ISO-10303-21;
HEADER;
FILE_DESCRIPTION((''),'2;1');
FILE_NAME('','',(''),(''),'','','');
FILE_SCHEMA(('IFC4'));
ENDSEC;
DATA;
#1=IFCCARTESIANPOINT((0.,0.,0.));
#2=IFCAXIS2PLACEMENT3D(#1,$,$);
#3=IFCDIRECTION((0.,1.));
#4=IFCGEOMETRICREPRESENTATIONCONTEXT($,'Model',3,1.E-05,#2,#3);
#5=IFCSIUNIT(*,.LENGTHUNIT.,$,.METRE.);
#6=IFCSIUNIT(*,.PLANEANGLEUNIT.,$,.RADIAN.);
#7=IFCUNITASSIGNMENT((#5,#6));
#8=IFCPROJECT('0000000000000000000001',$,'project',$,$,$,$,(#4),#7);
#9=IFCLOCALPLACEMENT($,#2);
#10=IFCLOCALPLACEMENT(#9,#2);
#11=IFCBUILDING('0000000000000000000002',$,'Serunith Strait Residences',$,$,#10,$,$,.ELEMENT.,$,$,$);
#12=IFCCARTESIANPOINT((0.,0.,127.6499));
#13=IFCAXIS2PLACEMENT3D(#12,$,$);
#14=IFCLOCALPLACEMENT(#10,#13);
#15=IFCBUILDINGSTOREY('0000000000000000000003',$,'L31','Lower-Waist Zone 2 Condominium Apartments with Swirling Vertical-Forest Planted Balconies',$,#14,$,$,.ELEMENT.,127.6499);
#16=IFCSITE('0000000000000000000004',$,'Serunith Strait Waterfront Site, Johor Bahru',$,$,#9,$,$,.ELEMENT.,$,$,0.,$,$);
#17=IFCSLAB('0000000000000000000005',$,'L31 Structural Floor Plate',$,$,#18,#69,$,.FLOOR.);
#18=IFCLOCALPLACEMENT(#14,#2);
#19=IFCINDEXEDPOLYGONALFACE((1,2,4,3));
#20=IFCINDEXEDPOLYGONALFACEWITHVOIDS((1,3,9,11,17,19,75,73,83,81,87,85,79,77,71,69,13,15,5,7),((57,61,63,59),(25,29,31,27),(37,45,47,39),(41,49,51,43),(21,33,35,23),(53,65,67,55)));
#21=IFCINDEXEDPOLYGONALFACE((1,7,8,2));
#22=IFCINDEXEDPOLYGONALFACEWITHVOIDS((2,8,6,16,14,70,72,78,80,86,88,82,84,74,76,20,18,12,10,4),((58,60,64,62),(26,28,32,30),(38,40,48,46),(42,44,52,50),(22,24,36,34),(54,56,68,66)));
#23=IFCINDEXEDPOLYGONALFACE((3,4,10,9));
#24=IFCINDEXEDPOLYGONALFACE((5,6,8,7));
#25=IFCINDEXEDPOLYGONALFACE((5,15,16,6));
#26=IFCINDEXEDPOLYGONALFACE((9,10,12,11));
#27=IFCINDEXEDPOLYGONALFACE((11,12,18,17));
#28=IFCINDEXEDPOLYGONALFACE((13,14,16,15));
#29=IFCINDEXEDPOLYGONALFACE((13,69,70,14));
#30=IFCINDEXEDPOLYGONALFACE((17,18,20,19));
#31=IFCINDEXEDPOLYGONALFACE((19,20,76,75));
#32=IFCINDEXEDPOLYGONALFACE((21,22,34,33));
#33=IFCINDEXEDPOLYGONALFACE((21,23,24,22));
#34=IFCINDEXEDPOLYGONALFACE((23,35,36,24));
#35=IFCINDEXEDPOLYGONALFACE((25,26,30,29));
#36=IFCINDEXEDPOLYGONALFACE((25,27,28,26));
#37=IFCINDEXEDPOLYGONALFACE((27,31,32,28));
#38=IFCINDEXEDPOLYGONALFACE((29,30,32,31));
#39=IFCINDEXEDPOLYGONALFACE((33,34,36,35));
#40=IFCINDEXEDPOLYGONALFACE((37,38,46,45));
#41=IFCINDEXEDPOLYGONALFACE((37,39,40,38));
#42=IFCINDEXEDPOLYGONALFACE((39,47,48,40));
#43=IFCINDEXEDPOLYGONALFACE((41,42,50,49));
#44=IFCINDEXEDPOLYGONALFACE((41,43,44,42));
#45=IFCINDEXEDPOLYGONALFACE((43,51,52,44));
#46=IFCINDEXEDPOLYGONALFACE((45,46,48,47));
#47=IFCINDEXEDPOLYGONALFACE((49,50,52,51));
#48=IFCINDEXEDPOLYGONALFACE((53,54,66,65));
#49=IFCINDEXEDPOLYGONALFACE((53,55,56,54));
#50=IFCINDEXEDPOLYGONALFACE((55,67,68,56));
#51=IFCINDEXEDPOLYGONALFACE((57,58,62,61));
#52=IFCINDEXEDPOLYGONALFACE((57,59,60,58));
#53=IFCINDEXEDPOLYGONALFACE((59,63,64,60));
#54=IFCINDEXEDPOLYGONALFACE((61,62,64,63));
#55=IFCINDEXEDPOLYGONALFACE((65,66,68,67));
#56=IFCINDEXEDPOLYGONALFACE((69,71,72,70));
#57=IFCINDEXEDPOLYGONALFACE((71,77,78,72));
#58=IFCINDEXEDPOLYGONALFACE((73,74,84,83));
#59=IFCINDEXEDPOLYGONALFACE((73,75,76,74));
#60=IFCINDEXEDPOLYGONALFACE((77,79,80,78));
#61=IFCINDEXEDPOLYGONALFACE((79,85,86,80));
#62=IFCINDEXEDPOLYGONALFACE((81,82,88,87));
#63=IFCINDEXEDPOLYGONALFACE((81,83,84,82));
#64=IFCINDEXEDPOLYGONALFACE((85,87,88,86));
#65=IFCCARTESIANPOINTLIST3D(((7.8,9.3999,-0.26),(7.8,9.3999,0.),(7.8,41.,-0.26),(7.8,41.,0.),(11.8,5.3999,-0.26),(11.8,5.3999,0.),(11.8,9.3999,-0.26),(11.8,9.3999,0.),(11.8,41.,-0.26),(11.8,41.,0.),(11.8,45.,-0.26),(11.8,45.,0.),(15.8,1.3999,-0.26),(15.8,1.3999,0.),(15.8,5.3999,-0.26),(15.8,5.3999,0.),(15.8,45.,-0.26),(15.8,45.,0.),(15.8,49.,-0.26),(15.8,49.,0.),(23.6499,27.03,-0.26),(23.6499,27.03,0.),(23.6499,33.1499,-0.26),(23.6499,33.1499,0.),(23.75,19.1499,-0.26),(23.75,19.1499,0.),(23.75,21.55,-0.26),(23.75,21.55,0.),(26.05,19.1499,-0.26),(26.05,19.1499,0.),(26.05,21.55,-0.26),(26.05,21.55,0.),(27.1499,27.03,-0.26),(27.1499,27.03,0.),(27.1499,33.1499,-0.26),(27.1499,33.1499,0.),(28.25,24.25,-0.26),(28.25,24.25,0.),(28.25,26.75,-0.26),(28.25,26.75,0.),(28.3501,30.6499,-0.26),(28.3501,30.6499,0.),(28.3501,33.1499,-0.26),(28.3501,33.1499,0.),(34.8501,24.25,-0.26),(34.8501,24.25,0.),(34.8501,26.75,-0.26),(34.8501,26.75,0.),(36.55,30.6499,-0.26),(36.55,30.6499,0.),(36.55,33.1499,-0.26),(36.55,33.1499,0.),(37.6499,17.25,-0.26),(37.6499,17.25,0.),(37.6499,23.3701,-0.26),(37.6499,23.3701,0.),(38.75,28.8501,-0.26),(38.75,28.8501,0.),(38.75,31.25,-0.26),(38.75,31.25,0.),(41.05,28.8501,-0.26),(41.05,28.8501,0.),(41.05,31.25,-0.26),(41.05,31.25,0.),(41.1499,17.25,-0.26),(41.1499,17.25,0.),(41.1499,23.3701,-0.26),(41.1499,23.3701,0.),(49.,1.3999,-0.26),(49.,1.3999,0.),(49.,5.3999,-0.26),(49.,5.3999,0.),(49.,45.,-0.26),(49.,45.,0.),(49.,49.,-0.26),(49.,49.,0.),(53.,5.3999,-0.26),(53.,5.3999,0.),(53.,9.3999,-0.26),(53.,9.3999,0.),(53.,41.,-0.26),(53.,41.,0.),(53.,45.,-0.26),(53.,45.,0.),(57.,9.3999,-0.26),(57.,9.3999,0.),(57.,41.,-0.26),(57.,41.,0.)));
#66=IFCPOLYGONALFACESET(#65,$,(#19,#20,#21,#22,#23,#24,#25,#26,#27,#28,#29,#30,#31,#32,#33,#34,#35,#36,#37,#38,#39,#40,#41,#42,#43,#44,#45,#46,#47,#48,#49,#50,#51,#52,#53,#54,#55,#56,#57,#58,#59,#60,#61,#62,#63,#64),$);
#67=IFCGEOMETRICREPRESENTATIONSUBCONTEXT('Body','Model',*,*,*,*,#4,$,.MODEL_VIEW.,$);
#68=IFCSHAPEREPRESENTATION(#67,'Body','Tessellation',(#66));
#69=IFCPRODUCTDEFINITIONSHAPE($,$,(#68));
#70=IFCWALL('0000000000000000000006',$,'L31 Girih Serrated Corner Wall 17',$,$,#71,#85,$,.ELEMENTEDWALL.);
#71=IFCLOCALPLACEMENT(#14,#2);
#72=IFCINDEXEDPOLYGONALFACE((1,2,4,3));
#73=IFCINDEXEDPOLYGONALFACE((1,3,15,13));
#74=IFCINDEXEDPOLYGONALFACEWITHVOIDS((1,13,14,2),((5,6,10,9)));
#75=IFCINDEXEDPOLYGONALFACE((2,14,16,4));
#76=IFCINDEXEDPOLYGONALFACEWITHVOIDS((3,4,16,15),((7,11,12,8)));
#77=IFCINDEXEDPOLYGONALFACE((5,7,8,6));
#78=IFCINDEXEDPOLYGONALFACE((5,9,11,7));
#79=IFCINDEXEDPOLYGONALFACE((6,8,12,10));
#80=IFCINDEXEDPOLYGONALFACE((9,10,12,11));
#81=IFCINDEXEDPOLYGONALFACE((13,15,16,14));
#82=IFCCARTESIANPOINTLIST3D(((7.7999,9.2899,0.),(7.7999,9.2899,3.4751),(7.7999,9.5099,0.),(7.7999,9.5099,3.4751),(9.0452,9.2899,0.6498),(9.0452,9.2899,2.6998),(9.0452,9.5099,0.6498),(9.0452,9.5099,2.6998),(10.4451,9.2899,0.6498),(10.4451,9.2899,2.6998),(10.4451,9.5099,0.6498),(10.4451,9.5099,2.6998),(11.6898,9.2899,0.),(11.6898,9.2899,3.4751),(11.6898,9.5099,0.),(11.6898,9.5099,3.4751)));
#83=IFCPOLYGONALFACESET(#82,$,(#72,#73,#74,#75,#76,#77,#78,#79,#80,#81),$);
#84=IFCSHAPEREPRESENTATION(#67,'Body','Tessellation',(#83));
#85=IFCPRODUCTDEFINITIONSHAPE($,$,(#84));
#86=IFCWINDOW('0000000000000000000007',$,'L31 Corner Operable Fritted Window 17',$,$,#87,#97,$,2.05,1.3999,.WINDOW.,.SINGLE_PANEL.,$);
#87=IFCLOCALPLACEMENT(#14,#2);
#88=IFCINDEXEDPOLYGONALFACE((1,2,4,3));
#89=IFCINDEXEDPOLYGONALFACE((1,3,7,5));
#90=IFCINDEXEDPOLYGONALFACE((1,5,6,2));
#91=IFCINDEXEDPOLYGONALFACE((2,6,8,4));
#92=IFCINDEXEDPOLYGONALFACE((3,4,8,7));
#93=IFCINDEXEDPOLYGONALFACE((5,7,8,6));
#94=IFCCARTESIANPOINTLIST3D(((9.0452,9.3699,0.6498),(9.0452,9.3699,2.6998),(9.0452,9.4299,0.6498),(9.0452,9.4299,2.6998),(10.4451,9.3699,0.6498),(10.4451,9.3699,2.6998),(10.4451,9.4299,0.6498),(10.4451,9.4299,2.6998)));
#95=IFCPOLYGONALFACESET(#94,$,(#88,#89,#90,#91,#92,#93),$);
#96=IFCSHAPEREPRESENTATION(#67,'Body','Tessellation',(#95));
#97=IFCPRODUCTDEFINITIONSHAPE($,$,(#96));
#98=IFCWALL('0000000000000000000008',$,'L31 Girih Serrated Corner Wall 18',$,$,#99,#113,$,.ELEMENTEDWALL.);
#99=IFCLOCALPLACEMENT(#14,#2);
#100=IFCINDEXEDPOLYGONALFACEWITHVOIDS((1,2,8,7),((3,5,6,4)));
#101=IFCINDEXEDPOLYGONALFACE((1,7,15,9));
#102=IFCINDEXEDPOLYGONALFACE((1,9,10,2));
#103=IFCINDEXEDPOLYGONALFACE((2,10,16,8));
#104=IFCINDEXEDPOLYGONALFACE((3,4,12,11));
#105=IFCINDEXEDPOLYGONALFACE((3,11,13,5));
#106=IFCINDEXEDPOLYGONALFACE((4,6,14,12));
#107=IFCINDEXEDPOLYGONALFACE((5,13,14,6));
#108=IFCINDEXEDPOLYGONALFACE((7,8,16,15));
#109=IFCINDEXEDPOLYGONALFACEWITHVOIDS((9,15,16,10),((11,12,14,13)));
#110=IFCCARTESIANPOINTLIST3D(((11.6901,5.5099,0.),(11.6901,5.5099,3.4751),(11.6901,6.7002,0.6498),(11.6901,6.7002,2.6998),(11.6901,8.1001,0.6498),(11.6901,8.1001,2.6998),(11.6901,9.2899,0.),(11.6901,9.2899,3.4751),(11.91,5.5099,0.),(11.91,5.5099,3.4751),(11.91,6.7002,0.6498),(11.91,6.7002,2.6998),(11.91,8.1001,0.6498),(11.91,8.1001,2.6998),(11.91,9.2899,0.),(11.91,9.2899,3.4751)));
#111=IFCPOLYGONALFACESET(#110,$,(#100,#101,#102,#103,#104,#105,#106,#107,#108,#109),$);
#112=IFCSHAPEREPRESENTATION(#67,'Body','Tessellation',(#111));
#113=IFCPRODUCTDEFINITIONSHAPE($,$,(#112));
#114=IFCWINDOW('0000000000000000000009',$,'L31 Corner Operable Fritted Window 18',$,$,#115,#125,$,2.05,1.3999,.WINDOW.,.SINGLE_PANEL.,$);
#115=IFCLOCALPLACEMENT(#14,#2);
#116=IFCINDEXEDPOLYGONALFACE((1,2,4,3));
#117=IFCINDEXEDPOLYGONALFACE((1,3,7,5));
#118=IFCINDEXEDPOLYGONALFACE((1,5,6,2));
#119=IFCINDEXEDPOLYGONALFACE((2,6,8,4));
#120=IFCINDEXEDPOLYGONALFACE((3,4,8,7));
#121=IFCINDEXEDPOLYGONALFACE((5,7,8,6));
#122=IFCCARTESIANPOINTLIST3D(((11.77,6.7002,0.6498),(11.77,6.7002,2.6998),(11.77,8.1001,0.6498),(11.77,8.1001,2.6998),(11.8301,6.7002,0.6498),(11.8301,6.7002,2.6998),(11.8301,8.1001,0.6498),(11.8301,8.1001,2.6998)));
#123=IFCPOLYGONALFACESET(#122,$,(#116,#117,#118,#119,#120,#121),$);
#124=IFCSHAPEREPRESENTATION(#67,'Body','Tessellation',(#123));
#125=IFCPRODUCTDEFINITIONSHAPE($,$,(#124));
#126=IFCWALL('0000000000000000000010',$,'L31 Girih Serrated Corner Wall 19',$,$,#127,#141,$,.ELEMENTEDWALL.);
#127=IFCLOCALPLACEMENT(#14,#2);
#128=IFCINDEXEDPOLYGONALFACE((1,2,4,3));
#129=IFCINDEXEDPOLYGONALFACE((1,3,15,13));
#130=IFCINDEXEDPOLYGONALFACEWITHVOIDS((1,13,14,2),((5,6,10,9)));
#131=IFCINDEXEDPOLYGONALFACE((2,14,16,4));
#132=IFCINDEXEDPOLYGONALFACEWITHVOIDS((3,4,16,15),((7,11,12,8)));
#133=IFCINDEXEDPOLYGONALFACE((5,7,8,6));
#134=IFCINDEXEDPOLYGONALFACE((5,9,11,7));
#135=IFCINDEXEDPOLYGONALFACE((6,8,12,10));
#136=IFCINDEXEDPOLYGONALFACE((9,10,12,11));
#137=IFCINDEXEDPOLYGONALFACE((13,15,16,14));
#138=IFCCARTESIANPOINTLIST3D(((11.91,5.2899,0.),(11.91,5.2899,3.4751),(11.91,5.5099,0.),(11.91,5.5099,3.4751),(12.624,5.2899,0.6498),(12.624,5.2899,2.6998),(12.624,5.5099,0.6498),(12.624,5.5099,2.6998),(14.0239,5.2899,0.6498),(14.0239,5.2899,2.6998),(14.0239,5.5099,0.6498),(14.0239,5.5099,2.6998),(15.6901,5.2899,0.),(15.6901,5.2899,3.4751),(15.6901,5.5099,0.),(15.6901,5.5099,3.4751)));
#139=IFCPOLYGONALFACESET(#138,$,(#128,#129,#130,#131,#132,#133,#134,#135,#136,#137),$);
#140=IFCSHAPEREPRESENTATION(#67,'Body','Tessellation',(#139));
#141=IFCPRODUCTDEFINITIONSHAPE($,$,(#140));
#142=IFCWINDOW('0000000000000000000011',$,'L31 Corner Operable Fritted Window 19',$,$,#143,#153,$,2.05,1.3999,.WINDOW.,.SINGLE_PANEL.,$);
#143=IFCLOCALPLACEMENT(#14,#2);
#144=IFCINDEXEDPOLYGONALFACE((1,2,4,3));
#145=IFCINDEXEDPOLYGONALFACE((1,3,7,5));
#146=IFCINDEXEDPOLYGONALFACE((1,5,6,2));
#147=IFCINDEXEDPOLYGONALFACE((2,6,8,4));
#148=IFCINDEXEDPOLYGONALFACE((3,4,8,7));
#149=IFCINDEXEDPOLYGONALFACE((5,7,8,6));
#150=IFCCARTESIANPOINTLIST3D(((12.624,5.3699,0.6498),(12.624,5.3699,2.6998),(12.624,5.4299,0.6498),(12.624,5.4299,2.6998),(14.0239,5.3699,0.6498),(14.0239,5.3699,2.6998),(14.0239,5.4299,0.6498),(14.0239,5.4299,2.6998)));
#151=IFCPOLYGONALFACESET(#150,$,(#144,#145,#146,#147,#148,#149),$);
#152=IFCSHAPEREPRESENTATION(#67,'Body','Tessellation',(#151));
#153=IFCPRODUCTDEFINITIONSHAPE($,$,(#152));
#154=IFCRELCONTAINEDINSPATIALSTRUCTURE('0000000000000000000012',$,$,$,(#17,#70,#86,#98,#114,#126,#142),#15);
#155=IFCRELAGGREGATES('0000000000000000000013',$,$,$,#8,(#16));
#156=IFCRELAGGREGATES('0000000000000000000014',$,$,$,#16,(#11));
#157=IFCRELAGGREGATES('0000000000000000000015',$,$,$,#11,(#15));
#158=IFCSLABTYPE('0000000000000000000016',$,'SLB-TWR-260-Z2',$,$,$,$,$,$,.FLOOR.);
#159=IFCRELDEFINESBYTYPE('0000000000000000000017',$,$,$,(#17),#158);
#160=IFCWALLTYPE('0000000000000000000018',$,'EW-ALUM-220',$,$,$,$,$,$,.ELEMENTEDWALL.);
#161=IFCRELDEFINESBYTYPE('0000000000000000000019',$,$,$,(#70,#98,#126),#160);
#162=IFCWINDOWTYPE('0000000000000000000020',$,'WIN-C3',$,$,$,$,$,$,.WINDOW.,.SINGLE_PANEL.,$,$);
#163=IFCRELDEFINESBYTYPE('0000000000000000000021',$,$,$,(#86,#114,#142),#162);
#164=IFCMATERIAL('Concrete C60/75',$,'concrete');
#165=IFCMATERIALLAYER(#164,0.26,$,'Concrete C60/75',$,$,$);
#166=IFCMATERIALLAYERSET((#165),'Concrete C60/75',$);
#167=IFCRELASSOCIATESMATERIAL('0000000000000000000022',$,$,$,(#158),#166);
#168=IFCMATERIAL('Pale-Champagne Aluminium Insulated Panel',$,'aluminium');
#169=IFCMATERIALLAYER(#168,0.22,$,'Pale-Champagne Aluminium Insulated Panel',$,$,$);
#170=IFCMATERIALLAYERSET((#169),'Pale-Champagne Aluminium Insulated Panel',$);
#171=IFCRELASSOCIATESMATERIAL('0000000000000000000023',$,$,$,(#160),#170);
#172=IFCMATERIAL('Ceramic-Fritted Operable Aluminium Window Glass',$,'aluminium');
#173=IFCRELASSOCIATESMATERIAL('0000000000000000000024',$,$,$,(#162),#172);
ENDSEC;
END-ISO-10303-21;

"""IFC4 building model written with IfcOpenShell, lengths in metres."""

from ifc_helpers import new_model, si_unit, direction, frame, frame_2d, origin, place, context, subcontext, project, spatial, polyline, rectangle, outline, extrude, source, transform, mapped, material, layer, layer_set, type_object, element, fill, save


model = new_model("IFC4")

# Units and contexts
model_context = context("Model", 3, precision=1e-05, world=origin(), true_north=direction((0.0, 1.0)))
body_context = subcontext(model_context, "Body", "Model", "MODEL_VIEW")
ifc_project = project(units=[si_unit("LENGTHUNIT", "METRE"), si_unit("PLANEANGLEUNIT", "RADIAN")], contexts=[model_context])

# Site, building, storey
site_placement = place(None, origin())
site = spatial("IfcSite", under=ifc_project, at=site_placement, Name="Serunith Strait Waterfront Site, Johor Bahru", CompositionType="ELEMENT", RefElevation=0.0)
building_placement = place(site_placement, origin())
building = spatial("IfcBuilding", under=site, at=building_placement, Name="Serunith Strait Residences", CompositionType="ELEMENT")
storey_placement = place(building_placement, frame((0.0, 0.0, 127.6499)))
storey = spatial("IfcBuildingStorey", under=building, at=storey_placement, Name="L31", Description="Lower-Waist Zone 2 Condominium Apartments with Swirling Vertical-Forest Planted Balconies", CompositionType="ELEMENT", Elevation=127.6499)

# Slab
ifc_material_1 = material(Name="Concrete C60/75", Category="concrete")
ifc_layer_1 = layer(ifc_material_1, 0.26, Name="Concrete C60/75")
ifc_layer_set_1 = layer_set([ifc_layer_1], Name="Concrete C60/75")
slab_type_1 = type_object("IfcSlabType", Name="SLB-TWR-260-Z2", PredefinedType="FLOOR", material=ifc_layer_set_1)
slab_1_placement = place(storey_placement, frame((0.0, 0.0, -0.26)))
element("IfcSlab", 1, at=slab_1_placement, inside=storey, type_object=slab_type_1, Name="L31 Structural Floor Plate", PredefinedType="FLOOR", context=body_context, shape_type="SweptSolid", body=[
    extrude(outline(polyline([(15.8, 5.3999), (11.8, 5.3999), (11.8, 9.3999), (7.8, 9.3999), (7.8, 41.0), (11.8, 41.0), (11.8, 45.0), (15.8, 45.0), (15.8, 49.0), (49.0, 49.0), (49.0, 45.0), (53.0, 45.0), (53.0, 41.0), (57.0, 41.0), (57.0, 9.3999), (53.0, 9.3999), (53.0, 5.3999), (49.0, 5.3999), (49.0, 1.3999), (15.8, 1.3999), (15.8, 5.3999)]), holes=[polyline([(41.1499, 23.3701), (37.6499, 23.3701), (37.6499, 17.25), (41.1499, 17.25), (41.1499, 23.3701)]), polyline([(38.75, 31.25), (38.75, 28.8501), (41.05, 28.8501), (41.05, 31.25), (38.75, 31.25)]), polyline([(36.55, 33.1499), (28.3501, 33.1499), (28.3501, 30.6499), (36.55, 30.6499), (36.55, 33.1499)]), polyline([(34.8501, 26.75), (28.25, 26.75), (28.25, 24.25), (34.8501, 24.25), (34.8501, 26.75)]), polyline([(23.6499, 33.1499), (23.6499, 27.03), (27.1499, 27.03), (27.1499, 33.1499), (23.6499, 33.1499)]), polyline([(26.05, 21.55), (23.75, 21.55), (23.75, 19.1499), (26.05, 19.1499), (26.05, 21.55)])]), origin(), (0.0, 0.0, 1.0), 0.26),
])

# Walls, openings, windows
ifc_material_2 = material(Name="Pale-Champagne Aluminium Insulated Panel", Category="aluminium")
ifc_layer_2 = layer(ifc_material_2, 0.22, Name="Pale-Champagne Aluminium Insulated Panel")
ifc_layer_set_2 = layer_set([ifc_layer_2], Name="Pale-Champagne Aluminium Insulated Panel")
wall_type_1 = type_object("IfcWallType", Name="EW-ALUM-220", PredefinedType="ELEMENTEDWALL", material=ifc_layer_set_2)
wall_1_placement = place(storey_placement, frame((7.8, 9.3999, 0.0), z_axis=(0.0, 0.0, 1.0), x_axis=(1.0, 0.0, 0.0)))
wall_1 = element("IfcWall", 2, at=wall_1_placement, inside=storey, type_object=wall_type_1, Name="L31 Girih Serrated Corner Wall 17", PredefinedType="ELEMENTEDWALL", context=body_context, shape_type="SweptSolid", body=[
    extrude(rectangle(XDim=3.8899, YDim=0.22, at=frame_2d((1.9448, 0.0))), origin(), (0.0, 0.0, 1.0), 3.4751),
])
opening_1_placement = place(wall_1_placement, frame((1.2451, 0.0, 0.6499)))
opening_1 = element("IfcOpeningElement", 3, at=opening_1_placement, cuts=wall_1, PredefinedType="OPENING", context=body_context, shape_type="SweptSolid", body=[
    extrude(rectangle(XDim=1.3999, YDim=2.05, at=frame_2d((0.7, 1.0249))), frame((0.0, 0.1201, 0.0), z_axis=(0.0, -1.0, 0.0), x_axis=(1.0, 0.0, 0.0)), (0.0, 0.0, 1.0), 0.24),
])
ifc_material_3 = material(Name="Ceramic-Fritted Operable Aluminium Window Glass", Category="aluminium")
window_type = type_object("IfcWindowType", Name="WIN-C3", PartitioningType="SINGLE_PANEL", PredefinedType="WINDOW", material=ifc_material_3)
shared_shape_1 = source(origin(), body_context, "Body", "SweptSolid", [
    extrude(rectangle(XDim=1.3999, YDim=2.05, at=frame_2d((0.7, 1.0249))), frame((0.0, 0.03, 0.0), z_axis=(0.0, -1.0, 0.0), x_axis=(1.0, 0.0, 0.0)), (0.0, 0.0, 1.0), 0.0601),
])
window_1_placement = place(opening_1_placement, origin())
window_1 = element("IfcWindow", 4, at=window_1_placement, inside=storey, type_object=window_type, Name="L31 Corner Operable Fritted Window 17", OverallHeight=2.05, OverallWidth=1.3999, PartitioningType="SINGLE_PANEL", PredefinedType="WINDOW", context=body_context, shape_type="MappedRepresentation", body=[
    mapped(shared_shape_1, transform((0.0, 0.0, 0.0), scale=1.0)),
])
fill(opening_1, window_1)
wall_2_placement = place(storey_placement, frame((11.8, 9.29, 0.0), z_axis=(0.0, 0.0, 1.0), x_axis=(0.0, -1.0, 0.0)))
wall_2 = element("IfcWall", 5, at=wall_2_placement, inside=storey, type_object=wall_type_1, Name="L31 Girih Serrated Corner Wall 18", PredefinedType="ELEMENTEDWALL", context=body_context, shape_type="SweptSolid", body=[
    extrude(rectangle(XDim=3.78, YDim=0.22, at=frame_2d((1.8901, 0.0))), origin(), (0.0, 0.0, 1.0), 3.4751),
])
opening_2_placement = place(wall_2_placement, frame((1.1899, 0.0, 0.6499)))
opening_2 = element("IfcOpeningElement", 6, at=opening_2_placement, cuts=wall_2, PredefinedType="OPENING", context=body_context, shape_type="SweptSolid", body=[
    extrude(rectangle(XDim=1.3999, YDim=2.05, at=frame_2d((0.7, 1.0249))), frame((0.0, 0.1201, 0.0), z_axis=(0.0, -1.0, 0.0), x_axis=(1.0, 0.0, 0.0)), (0.0, 0.0, 1.0), 0.24),
])
window_2_placement = place(opening_2_placement, origin())
window_2 = element("IfcWindow", 7, at=window_2_placement, inside=storey, type_object=window_type, Name="L31 Corner Operable Fritted Window 18", OverallHeight=2.05, OverallWidth=1.3999, PartitioningType="SINGLE_PANEL", PredefinedType="WINDOW", context=body_context, shape_type="MappedRepresentation", body=[
    mapped(shared_shape_1, transform((0.0, 0.0, 0.0), scale=1.0)),
])
fill(opening_2, window_2)
wall_3_placement = place(storey_placement, frame((11.9099, 5.3999, 0.0), z_axis=(0.0, 0.0, 1.0), x_axis=(1.0, 0.0, 0.0)))
wall_3 = element("IfcWall", 8, at=wall_3_placement, inside=storey, type_object=wall_type_1, Name="L31 Girih Serrated Corner Wall 19", PredefinedType="ELEMENTEDWALL", context=body_context, shape_type="SweptSolid", body=[
    extrude(rectangle(XDim=3.78, YDim=0.22, at=frame_2d((1.8901, 0.0))), origin(), (0.0, 0.0, 1.0), 3.4751),
])
opening_3_placement = place(wall_3_placement, frame((0.7141, 0.0, 0.6499)))
opening_3 = element("IfcOpeningElement", 9, at=opening_3_placement, cuts=wall_3, PredefinedType="OPENING", context=body_context, shape_type="SweptSolid", body=[
    extrude(rectangle(XDim=1.3999, YDim=2.05, at=frame_2d((0.7, 1.0249))), frame((0.0, 0.1201, 0.0), z_axis=(0.0, -1.0, 0.0), x_axis=(1.0, 0.0, 0.0)), (0.0, 0.0, 1.0), 0.24),
])
window_3_placement = place(opening_3_placement, origin())
window_3 = element("IfcWindow", 10, at=window_3_placement, inside=storey, type_object=window_type, Name="L31 Corner Operable Fritted Window 19", OverallHeight=2.05, OverallWidth=1.3999, PartitioningType="SINGLE_PANEL", PredefinedType="WINDOW", context=body_context, shape_type="MappedRepresentation", body=[
    mapped(shared_shape_1, transform((0.0, 0.0, 0.0), scale=1.0)),
])
fill(opening_3, window_3)

save(model, "model.ifc")
